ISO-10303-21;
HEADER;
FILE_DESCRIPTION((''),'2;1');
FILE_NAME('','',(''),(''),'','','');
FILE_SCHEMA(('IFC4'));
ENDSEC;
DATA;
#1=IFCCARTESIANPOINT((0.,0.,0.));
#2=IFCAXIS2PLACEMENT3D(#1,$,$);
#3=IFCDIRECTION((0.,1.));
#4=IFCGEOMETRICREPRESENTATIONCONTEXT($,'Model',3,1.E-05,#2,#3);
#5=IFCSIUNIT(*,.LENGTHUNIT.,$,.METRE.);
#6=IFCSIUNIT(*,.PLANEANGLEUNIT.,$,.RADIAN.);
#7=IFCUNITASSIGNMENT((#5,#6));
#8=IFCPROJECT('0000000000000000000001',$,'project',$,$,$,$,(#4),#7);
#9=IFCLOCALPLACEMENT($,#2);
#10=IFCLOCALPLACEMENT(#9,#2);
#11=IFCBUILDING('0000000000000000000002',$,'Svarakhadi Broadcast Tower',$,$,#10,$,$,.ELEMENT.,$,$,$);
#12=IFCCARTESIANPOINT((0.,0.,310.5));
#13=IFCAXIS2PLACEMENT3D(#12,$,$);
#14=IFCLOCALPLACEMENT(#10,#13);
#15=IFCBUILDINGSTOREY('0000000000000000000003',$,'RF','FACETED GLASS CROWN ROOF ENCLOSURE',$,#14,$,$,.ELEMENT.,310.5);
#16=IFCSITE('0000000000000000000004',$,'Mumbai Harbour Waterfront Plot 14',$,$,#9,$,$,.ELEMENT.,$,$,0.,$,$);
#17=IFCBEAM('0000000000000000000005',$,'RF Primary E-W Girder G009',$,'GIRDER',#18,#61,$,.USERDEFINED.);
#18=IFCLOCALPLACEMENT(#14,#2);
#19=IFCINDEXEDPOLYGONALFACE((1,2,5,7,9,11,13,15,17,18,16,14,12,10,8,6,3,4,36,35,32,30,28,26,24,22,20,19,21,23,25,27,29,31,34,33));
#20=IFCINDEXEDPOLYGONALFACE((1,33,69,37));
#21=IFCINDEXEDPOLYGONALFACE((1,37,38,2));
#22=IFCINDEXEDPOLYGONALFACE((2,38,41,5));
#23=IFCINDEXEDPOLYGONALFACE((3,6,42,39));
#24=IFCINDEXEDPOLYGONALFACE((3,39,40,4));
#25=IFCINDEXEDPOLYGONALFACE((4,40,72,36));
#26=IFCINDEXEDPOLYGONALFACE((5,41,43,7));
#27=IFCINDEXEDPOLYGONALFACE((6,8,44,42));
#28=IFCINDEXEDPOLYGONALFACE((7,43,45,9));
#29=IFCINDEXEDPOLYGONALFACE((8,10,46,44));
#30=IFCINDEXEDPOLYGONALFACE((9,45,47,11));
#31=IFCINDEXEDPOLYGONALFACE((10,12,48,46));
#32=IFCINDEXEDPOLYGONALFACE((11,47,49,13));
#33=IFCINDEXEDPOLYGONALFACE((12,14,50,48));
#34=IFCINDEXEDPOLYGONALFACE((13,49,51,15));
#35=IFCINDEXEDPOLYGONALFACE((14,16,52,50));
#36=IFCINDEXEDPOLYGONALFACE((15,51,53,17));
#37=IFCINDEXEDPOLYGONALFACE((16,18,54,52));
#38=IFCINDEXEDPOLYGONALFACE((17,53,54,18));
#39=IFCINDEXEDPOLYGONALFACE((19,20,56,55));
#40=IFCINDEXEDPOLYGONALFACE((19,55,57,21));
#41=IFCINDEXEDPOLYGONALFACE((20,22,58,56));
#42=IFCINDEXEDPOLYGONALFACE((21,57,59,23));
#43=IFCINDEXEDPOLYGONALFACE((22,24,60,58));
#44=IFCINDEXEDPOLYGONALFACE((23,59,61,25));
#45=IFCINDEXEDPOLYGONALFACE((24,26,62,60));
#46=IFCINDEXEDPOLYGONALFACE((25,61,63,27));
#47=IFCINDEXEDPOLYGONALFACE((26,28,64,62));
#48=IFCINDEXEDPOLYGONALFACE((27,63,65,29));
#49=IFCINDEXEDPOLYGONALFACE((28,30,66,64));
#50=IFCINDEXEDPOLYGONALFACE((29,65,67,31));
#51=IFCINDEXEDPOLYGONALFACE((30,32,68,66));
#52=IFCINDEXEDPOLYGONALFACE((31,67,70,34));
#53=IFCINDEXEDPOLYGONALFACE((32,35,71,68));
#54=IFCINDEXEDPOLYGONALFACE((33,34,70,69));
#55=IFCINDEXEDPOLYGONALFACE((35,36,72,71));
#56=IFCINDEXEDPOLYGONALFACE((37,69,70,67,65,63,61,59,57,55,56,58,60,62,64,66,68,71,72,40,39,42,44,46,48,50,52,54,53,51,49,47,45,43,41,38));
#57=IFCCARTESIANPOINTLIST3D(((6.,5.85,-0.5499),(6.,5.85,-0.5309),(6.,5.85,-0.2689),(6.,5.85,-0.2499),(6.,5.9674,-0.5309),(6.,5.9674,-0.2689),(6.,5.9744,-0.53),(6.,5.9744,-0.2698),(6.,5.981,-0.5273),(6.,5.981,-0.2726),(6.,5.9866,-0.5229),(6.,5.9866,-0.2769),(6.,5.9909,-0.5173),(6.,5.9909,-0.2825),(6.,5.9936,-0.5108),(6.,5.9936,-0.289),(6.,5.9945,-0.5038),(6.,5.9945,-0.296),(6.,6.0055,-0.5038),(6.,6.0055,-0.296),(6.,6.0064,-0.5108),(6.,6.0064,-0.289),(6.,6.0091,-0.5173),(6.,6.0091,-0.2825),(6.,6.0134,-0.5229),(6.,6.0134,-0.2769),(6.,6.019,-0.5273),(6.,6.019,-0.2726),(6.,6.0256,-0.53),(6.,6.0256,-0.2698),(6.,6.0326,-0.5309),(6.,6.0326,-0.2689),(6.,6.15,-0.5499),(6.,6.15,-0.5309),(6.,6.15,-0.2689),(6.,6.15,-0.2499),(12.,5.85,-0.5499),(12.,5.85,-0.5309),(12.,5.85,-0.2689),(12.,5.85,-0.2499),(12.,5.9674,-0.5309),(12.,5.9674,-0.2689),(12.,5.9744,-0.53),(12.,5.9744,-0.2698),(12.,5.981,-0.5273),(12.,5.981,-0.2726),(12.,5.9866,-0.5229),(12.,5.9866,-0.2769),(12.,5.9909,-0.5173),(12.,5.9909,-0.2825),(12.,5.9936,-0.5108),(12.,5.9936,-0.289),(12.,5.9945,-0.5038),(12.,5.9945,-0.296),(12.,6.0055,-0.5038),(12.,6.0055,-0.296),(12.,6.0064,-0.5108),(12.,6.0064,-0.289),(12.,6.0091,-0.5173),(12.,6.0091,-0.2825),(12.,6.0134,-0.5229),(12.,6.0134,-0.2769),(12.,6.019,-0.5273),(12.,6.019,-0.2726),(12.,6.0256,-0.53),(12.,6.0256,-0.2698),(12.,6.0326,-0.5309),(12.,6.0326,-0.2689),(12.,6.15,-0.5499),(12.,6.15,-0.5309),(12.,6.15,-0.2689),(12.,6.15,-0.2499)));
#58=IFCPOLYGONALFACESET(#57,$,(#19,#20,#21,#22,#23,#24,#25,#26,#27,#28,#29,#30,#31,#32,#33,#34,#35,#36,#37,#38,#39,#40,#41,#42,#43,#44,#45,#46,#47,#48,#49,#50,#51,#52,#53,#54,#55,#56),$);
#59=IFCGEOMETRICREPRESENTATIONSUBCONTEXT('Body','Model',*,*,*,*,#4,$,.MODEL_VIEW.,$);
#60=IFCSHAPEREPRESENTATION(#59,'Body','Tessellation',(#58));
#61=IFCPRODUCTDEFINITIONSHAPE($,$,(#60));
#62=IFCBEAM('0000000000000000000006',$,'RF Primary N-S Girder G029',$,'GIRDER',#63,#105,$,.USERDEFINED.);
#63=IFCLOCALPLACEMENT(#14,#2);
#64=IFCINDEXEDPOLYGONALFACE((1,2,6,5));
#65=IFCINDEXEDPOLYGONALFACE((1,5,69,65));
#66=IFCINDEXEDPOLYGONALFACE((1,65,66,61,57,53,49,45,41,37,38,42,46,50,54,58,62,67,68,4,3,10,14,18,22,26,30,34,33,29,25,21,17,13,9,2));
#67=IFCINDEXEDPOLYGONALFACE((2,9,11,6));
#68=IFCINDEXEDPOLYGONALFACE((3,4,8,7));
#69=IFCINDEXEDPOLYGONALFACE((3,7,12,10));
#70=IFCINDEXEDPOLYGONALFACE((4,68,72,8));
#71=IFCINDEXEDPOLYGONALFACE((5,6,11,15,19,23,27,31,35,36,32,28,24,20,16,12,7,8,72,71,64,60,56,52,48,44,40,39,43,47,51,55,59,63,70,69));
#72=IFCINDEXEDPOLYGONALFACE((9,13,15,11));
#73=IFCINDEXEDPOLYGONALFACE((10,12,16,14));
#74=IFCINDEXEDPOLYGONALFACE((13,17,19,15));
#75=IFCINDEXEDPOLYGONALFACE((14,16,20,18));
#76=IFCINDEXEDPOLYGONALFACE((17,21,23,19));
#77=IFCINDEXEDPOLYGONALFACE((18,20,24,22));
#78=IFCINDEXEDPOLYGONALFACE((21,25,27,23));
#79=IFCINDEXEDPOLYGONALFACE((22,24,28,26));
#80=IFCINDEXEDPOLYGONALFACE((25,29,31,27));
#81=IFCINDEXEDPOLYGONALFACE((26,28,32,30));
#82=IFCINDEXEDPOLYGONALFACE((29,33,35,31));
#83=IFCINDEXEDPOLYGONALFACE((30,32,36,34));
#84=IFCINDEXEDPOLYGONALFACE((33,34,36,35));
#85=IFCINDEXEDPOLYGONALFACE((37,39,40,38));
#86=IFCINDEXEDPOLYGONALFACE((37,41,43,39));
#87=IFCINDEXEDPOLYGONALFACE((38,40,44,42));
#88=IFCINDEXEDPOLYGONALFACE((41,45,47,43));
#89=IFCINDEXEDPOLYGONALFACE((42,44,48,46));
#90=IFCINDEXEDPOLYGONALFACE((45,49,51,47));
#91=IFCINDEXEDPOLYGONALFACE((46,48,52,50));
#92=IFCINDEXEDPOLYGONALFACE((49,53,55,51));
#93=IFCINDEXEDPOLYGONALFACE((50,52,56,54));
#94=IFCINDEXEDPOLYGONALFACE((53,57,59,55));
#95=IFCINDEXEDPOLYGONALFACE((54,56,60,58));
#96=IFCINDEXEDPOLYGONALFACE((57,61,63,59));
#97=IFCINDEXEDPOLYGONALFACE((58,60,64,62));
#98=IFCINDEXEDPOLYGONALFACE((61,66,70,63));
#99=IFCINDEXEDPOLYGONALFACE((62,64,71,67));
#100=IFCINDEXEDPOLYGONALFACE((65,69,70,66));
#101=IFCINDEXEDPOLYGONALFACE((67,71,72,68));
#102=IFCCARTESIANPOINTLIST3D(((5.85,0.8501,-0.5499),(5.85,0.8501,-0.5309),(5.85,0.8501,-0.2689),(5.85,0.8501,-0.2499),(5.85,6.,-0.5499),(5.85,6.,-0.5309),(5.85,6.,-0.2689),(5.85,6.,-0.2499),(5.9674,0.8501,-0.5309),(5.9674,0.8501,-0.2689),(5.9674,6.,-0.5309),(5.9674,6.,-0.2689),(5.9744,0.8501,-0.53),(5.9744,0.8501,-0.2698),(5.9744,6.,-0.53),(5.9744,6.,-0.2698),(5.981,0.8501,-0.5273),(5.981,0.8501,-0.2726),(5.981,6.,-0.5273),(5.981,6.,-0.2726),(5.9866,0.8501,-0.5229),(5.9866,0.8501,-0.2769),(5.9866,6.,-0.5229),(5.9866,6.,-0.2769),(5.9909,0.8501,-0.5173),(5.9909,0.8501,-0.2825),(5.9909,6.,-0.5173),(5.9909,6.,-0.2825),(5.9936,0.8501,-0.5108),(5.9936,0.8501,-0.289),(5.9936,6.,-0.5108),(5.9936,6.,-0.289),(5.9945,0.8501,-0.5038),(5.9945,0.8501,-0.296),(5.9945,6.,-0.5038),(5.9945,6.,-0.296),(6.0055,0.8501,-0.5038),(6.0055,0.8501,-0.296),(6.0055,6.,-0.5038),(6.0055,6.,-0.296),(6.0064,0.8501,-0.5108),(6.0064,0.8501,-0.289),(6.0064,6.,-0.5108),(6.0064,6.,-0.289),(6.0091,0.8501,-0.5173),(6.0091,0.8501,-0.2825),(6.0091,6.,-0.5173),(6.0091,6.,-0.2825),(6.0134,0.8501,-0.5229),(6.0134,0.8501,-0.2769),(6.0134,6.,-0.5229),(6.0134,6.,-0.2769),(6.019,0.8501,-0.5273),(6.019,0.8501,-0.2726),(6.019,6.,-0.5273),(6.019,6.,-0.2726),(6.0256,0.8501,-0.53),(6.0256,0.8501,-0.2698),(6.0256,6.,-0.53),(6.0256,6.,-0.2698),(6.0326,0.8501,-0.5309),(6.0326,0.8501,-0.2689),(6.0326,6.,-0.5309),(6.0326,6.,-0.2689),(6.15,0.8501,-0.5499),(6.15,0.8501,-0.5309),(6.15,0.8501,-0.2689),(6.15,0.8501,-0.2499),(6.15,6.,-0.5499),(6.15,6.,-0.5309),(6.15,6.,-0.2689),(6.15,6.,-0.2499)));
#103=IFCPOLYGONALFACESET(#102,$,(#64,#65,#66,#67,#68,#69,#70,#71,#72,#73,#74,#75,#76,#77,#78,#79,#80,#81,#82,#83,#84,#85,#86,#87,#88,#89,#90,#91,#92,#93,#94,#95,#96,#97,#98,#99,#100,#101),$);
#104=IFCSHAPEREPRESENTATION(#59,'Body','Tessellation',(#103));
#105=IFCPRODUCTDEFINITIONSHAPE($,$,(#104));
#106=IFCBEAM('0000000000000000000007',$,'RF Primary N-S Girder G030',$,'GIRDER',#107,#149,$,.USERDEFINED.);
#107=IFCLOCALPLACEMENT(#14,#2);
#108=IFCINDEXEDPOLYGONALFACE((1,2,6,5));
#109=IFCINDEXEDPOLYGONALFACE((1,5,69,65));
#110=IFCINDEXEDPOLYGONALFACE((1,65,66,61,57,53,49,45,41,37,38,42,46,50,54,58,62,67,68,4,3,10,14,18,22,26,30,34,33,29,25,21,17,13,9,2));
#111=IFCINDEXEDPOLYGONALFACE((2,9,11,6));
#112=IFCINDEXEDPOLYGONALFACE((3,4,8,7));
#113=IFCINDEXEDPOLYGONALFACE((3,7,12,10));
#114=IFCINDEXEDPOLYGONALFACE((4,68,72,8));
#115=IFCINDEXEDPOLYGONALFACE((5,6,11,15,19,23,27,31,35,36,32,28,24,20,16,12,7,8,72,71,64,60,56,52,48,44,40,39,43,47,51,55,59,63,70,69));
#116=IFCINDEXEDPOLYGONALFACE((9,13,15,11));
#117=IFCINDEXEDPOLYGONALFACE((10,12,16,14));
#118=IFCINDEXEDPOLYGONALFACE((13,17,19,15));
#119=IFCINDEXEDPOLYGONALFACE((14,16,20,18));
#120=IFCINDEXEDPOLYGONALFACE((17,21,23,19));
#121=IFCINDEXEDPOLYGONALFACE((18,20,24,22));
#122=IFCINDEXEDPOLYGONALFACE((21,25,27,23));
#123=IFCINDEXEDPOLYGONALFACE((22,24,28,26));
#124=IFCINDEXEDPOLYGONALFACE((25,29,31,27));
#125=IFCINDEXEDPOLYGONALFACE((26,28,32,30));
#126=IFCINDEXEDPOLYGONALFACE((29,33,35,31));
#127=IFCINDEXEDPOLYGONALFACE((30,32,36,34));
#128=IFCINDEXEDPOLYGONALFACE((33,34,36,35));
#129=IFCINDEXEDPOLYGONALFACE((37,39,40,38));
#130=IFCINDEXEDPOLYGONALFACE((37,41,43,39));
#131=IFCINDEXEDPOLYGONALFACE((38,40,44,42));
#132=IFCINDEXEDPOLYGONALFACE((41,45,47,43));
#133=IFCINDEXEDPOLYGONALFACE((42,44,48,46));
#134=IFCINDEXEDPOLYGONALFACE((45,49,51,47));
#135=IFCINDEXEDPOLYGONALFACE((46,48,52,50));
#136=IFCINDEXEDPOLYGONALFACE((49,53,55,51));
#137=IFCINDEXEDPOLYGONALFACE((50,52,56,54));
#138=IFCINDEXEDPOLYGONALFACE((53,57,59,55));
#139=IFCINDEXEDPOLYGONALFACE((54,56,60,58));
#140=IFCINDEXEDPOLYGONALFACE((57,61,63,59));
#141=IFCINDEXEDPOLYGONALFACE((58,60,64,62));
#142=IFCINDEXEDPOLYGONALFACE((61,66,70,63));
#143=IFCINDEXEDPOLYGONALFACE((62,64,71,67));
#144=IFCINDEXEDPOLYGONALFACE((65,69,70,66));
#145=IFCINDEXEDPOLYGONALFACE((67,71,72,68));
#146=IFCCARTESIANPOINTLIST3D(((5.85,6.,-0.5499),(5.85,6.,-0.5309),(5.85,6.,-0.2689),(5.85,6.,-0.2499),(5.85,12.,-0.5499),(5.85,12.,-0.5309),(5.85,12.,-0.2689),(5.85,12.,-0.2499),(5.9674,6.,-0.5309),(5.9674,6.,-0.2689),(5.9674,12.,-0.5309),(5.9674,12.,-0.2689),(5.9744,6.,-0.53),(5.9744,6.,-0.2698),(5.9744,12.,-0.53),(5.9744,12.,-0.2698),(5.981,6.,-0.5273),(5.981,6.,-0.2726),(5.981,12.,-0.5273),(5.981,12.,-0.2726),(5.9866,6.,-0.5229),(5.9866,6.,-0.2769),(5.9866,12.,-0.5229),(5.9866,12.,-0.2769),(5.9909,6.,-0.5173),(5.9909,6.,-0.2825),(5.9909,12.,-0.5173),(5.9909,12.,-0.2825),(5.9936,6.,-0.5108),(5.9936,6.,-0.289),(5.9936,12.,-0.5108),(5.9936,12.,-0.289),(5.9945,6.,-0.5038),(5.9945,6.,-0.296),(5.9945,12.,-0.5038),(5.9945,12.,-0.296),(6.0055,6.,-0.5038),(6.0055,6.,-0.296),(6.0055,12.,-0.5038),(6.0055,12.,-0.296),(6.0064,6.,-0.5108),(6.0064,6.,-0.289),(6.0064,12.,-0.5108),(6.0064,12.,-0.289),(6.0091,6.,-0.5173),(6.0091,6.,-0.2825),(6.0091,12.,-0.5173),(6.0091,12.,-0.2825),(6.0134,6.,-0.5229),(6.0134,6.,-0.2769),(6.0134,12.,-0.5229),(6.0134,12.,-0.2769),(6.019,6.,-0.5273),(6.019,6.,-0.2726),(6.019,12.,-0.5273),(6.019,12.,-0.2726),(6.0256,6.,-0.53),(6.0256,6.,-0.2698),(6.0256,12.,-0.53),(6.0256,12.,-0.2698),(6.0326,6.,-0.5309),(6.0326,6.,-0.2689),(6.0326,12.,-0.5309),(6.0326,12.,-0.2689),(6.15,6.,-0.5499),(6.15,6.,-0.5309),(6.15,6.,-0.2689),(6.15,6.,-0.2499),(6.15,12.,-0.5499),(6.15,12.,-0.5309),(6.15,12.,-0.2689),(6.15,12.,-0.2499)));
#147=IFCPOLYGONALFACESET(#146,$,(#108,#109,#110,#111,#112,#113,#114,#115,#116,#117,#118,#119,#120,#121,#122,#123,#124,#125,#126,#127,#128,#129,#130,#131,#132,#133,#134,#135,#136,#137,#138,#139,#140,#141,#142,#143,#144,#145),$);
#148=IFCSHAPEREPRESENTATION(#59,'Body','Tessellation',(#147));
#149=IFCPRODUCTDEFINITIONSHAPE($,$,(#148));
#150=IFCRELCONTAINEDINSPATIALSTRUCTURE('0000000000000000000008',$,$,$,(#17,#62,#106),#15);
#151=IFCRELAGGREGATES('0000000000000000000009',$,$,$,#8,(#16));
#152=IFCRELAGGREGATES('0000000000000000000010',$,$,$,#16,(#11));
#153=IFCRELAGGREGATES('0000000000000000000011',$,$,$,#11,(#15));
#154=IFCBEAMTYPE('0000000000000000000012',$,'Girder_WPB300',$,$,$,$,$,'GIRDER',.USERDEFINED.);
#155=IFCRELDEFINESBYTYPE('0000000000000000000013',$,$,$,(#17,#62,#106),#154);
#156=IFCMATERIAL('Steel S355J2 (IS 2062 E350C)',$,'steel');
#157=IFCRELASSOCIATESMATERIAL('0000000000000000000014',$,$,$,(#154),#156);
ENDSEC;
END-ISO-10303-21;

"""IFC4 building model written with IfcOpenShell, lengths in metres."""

from ifc_helpers import new_model, si_unit, direction, frame, origin, origin_2d, place, context, subcontext, project, spatial, i_section, extrude, material, material_profile, profile_set, type_object, element, save


model = new_model("IFC4")

# Units and contexts
model_context = context("Model", 3, precision=1e-05, world=origin(), true_north=direction((0.0, 1.0)))
body_context = subcontext(model_context, "Body", "Model", "MODEL_VIEW")
ifc_project = project(units=[si_unit("LENGTHUNIT", "METRE"), si_unit("PLANEANGLEUNIT", "RADIAN")], contexts=[model_context])

# Site, building, storey
site_placement = place(None, origin())
site = spatial("IfcSite", under=ifc_project, at=site_placement, Name="Mumbai Harbour Waterfront Plot 14", CompositionType="ELEMENT", RefElevation=0.0)
building_placement = place(site_placement, origin())
building = spatial("IfcBuilding", under=site, at=building_placement, Name="Svarakhadi Broadcast Tower", CompositionType="ELEMENT")
storey_placement = place(building_placement, frame((0.0, 0.0, 310.5)))
storey = spatial("IfcBuildingStorey", under=building, at=storey_placement, Name="RF", Description="FACETED GLASS CROWN ROOF ENCLOSURE", CompositionType="ELEMENT", Elevation=310.5)

# Shared definitions
ifc_material_1 = material(Name="Steel S355J2 (IS 2062 E350C)", Category="steel")

# Beams
ifc_material_profile_1 = material_profile(ifc_material_1, i_section(OverallWidth=0.3, OverallDepth=0.3, WebThickness=0.011, FlangeThickness=0.019, FilletRadius=0.0271, at=origin_2d()), Name="WPB 300x300x117")
ifc_profile_set_1 = profile_set([ifc_material_profile_1], Name="Steel S355J2 (IS 2062 E350C)")
beam_type_1 = type_object("IfcBeamType", Name="Girder_WPB300", ElementType="GIRDER", PredefinedType="USERDEFINED", material=ifc_profile_set_1)
for number, where, z_axis, x_axis, name in (
    (1, (6.0, 6.0, -0.3999), (1.0, 0.0, 0.0), (0.0, 1.0, 0.0), "RF Primary E-W Girder G009"),
):
    element("IfcBeam", number, at=place(storey_placement, frame(where, z_axis=z_axis, x_axis=x_axis)), inside=storey, type_object=beam_type_1, Name=name, ObjectType="GIRDER", PredefinedType="USERDEFINED", context=body_context, shape_type="SweptSolid", body=[
        extrude(i_section(OverallWidth=0.3, OverallDepth=0.3, WebThickness=0.011, FlangeThickness=0.019, FilletRadius=0.0271, at=origin_2d()), origin(), (0.0, 0.0, 1.0), 6.0),
    ])
beam_1_placement = place(storey_placement, frame((6.0, 0.8501, -0.3999), z_axis=(0.0, 1.0, 0.0), x_axis=(-1.0, 0.0, 0.0)))
element("IfcBeam", 2, at=beam_1_placement, inside=storey, type_object=beam_type_1, Name="RF Primary N-S Girder G029", ObjectType="GIRDER", PredefinedType="USERDEFINED", context=body_context, shape_type="SweptSolid", body=[
    extrude(i_section(OverallWidth=0.3, OverallDepth=0.3, WebThickness=0.011, FlangeThickness=0.019, FilletRadius=0.0271, at=origin_2d()), origin(), (0.0, 0.0, 1.0), 5.1499),
])
beam_2_placement = place(storey_placement, frame((6.0, 6.0, -0.3999), z_axis=(0.0, 1.0, 0.0), x_axis=(-1.0, 0.0, 0.0)))
element("IfcBeam", 3, at=beam_2_placement, inside=storey, type_object=beam_type_1, Name="RF Primary N-S Girder G030", ObjectType="GIRDER", PredefinedType="USERDEFINED", context=body_context, shape_type="SweptSolid", body=[
    extrude(i_section(OverallWidth=0.3, OverallDepth=0.3, WebThickness=0.011, FlangeThickness=0.019, FilletRadius=0.0271, at=origin_2d()), origin(), (0.0, 0.0, 1.0), 6.0),
])

save(model, "model.ifc")
